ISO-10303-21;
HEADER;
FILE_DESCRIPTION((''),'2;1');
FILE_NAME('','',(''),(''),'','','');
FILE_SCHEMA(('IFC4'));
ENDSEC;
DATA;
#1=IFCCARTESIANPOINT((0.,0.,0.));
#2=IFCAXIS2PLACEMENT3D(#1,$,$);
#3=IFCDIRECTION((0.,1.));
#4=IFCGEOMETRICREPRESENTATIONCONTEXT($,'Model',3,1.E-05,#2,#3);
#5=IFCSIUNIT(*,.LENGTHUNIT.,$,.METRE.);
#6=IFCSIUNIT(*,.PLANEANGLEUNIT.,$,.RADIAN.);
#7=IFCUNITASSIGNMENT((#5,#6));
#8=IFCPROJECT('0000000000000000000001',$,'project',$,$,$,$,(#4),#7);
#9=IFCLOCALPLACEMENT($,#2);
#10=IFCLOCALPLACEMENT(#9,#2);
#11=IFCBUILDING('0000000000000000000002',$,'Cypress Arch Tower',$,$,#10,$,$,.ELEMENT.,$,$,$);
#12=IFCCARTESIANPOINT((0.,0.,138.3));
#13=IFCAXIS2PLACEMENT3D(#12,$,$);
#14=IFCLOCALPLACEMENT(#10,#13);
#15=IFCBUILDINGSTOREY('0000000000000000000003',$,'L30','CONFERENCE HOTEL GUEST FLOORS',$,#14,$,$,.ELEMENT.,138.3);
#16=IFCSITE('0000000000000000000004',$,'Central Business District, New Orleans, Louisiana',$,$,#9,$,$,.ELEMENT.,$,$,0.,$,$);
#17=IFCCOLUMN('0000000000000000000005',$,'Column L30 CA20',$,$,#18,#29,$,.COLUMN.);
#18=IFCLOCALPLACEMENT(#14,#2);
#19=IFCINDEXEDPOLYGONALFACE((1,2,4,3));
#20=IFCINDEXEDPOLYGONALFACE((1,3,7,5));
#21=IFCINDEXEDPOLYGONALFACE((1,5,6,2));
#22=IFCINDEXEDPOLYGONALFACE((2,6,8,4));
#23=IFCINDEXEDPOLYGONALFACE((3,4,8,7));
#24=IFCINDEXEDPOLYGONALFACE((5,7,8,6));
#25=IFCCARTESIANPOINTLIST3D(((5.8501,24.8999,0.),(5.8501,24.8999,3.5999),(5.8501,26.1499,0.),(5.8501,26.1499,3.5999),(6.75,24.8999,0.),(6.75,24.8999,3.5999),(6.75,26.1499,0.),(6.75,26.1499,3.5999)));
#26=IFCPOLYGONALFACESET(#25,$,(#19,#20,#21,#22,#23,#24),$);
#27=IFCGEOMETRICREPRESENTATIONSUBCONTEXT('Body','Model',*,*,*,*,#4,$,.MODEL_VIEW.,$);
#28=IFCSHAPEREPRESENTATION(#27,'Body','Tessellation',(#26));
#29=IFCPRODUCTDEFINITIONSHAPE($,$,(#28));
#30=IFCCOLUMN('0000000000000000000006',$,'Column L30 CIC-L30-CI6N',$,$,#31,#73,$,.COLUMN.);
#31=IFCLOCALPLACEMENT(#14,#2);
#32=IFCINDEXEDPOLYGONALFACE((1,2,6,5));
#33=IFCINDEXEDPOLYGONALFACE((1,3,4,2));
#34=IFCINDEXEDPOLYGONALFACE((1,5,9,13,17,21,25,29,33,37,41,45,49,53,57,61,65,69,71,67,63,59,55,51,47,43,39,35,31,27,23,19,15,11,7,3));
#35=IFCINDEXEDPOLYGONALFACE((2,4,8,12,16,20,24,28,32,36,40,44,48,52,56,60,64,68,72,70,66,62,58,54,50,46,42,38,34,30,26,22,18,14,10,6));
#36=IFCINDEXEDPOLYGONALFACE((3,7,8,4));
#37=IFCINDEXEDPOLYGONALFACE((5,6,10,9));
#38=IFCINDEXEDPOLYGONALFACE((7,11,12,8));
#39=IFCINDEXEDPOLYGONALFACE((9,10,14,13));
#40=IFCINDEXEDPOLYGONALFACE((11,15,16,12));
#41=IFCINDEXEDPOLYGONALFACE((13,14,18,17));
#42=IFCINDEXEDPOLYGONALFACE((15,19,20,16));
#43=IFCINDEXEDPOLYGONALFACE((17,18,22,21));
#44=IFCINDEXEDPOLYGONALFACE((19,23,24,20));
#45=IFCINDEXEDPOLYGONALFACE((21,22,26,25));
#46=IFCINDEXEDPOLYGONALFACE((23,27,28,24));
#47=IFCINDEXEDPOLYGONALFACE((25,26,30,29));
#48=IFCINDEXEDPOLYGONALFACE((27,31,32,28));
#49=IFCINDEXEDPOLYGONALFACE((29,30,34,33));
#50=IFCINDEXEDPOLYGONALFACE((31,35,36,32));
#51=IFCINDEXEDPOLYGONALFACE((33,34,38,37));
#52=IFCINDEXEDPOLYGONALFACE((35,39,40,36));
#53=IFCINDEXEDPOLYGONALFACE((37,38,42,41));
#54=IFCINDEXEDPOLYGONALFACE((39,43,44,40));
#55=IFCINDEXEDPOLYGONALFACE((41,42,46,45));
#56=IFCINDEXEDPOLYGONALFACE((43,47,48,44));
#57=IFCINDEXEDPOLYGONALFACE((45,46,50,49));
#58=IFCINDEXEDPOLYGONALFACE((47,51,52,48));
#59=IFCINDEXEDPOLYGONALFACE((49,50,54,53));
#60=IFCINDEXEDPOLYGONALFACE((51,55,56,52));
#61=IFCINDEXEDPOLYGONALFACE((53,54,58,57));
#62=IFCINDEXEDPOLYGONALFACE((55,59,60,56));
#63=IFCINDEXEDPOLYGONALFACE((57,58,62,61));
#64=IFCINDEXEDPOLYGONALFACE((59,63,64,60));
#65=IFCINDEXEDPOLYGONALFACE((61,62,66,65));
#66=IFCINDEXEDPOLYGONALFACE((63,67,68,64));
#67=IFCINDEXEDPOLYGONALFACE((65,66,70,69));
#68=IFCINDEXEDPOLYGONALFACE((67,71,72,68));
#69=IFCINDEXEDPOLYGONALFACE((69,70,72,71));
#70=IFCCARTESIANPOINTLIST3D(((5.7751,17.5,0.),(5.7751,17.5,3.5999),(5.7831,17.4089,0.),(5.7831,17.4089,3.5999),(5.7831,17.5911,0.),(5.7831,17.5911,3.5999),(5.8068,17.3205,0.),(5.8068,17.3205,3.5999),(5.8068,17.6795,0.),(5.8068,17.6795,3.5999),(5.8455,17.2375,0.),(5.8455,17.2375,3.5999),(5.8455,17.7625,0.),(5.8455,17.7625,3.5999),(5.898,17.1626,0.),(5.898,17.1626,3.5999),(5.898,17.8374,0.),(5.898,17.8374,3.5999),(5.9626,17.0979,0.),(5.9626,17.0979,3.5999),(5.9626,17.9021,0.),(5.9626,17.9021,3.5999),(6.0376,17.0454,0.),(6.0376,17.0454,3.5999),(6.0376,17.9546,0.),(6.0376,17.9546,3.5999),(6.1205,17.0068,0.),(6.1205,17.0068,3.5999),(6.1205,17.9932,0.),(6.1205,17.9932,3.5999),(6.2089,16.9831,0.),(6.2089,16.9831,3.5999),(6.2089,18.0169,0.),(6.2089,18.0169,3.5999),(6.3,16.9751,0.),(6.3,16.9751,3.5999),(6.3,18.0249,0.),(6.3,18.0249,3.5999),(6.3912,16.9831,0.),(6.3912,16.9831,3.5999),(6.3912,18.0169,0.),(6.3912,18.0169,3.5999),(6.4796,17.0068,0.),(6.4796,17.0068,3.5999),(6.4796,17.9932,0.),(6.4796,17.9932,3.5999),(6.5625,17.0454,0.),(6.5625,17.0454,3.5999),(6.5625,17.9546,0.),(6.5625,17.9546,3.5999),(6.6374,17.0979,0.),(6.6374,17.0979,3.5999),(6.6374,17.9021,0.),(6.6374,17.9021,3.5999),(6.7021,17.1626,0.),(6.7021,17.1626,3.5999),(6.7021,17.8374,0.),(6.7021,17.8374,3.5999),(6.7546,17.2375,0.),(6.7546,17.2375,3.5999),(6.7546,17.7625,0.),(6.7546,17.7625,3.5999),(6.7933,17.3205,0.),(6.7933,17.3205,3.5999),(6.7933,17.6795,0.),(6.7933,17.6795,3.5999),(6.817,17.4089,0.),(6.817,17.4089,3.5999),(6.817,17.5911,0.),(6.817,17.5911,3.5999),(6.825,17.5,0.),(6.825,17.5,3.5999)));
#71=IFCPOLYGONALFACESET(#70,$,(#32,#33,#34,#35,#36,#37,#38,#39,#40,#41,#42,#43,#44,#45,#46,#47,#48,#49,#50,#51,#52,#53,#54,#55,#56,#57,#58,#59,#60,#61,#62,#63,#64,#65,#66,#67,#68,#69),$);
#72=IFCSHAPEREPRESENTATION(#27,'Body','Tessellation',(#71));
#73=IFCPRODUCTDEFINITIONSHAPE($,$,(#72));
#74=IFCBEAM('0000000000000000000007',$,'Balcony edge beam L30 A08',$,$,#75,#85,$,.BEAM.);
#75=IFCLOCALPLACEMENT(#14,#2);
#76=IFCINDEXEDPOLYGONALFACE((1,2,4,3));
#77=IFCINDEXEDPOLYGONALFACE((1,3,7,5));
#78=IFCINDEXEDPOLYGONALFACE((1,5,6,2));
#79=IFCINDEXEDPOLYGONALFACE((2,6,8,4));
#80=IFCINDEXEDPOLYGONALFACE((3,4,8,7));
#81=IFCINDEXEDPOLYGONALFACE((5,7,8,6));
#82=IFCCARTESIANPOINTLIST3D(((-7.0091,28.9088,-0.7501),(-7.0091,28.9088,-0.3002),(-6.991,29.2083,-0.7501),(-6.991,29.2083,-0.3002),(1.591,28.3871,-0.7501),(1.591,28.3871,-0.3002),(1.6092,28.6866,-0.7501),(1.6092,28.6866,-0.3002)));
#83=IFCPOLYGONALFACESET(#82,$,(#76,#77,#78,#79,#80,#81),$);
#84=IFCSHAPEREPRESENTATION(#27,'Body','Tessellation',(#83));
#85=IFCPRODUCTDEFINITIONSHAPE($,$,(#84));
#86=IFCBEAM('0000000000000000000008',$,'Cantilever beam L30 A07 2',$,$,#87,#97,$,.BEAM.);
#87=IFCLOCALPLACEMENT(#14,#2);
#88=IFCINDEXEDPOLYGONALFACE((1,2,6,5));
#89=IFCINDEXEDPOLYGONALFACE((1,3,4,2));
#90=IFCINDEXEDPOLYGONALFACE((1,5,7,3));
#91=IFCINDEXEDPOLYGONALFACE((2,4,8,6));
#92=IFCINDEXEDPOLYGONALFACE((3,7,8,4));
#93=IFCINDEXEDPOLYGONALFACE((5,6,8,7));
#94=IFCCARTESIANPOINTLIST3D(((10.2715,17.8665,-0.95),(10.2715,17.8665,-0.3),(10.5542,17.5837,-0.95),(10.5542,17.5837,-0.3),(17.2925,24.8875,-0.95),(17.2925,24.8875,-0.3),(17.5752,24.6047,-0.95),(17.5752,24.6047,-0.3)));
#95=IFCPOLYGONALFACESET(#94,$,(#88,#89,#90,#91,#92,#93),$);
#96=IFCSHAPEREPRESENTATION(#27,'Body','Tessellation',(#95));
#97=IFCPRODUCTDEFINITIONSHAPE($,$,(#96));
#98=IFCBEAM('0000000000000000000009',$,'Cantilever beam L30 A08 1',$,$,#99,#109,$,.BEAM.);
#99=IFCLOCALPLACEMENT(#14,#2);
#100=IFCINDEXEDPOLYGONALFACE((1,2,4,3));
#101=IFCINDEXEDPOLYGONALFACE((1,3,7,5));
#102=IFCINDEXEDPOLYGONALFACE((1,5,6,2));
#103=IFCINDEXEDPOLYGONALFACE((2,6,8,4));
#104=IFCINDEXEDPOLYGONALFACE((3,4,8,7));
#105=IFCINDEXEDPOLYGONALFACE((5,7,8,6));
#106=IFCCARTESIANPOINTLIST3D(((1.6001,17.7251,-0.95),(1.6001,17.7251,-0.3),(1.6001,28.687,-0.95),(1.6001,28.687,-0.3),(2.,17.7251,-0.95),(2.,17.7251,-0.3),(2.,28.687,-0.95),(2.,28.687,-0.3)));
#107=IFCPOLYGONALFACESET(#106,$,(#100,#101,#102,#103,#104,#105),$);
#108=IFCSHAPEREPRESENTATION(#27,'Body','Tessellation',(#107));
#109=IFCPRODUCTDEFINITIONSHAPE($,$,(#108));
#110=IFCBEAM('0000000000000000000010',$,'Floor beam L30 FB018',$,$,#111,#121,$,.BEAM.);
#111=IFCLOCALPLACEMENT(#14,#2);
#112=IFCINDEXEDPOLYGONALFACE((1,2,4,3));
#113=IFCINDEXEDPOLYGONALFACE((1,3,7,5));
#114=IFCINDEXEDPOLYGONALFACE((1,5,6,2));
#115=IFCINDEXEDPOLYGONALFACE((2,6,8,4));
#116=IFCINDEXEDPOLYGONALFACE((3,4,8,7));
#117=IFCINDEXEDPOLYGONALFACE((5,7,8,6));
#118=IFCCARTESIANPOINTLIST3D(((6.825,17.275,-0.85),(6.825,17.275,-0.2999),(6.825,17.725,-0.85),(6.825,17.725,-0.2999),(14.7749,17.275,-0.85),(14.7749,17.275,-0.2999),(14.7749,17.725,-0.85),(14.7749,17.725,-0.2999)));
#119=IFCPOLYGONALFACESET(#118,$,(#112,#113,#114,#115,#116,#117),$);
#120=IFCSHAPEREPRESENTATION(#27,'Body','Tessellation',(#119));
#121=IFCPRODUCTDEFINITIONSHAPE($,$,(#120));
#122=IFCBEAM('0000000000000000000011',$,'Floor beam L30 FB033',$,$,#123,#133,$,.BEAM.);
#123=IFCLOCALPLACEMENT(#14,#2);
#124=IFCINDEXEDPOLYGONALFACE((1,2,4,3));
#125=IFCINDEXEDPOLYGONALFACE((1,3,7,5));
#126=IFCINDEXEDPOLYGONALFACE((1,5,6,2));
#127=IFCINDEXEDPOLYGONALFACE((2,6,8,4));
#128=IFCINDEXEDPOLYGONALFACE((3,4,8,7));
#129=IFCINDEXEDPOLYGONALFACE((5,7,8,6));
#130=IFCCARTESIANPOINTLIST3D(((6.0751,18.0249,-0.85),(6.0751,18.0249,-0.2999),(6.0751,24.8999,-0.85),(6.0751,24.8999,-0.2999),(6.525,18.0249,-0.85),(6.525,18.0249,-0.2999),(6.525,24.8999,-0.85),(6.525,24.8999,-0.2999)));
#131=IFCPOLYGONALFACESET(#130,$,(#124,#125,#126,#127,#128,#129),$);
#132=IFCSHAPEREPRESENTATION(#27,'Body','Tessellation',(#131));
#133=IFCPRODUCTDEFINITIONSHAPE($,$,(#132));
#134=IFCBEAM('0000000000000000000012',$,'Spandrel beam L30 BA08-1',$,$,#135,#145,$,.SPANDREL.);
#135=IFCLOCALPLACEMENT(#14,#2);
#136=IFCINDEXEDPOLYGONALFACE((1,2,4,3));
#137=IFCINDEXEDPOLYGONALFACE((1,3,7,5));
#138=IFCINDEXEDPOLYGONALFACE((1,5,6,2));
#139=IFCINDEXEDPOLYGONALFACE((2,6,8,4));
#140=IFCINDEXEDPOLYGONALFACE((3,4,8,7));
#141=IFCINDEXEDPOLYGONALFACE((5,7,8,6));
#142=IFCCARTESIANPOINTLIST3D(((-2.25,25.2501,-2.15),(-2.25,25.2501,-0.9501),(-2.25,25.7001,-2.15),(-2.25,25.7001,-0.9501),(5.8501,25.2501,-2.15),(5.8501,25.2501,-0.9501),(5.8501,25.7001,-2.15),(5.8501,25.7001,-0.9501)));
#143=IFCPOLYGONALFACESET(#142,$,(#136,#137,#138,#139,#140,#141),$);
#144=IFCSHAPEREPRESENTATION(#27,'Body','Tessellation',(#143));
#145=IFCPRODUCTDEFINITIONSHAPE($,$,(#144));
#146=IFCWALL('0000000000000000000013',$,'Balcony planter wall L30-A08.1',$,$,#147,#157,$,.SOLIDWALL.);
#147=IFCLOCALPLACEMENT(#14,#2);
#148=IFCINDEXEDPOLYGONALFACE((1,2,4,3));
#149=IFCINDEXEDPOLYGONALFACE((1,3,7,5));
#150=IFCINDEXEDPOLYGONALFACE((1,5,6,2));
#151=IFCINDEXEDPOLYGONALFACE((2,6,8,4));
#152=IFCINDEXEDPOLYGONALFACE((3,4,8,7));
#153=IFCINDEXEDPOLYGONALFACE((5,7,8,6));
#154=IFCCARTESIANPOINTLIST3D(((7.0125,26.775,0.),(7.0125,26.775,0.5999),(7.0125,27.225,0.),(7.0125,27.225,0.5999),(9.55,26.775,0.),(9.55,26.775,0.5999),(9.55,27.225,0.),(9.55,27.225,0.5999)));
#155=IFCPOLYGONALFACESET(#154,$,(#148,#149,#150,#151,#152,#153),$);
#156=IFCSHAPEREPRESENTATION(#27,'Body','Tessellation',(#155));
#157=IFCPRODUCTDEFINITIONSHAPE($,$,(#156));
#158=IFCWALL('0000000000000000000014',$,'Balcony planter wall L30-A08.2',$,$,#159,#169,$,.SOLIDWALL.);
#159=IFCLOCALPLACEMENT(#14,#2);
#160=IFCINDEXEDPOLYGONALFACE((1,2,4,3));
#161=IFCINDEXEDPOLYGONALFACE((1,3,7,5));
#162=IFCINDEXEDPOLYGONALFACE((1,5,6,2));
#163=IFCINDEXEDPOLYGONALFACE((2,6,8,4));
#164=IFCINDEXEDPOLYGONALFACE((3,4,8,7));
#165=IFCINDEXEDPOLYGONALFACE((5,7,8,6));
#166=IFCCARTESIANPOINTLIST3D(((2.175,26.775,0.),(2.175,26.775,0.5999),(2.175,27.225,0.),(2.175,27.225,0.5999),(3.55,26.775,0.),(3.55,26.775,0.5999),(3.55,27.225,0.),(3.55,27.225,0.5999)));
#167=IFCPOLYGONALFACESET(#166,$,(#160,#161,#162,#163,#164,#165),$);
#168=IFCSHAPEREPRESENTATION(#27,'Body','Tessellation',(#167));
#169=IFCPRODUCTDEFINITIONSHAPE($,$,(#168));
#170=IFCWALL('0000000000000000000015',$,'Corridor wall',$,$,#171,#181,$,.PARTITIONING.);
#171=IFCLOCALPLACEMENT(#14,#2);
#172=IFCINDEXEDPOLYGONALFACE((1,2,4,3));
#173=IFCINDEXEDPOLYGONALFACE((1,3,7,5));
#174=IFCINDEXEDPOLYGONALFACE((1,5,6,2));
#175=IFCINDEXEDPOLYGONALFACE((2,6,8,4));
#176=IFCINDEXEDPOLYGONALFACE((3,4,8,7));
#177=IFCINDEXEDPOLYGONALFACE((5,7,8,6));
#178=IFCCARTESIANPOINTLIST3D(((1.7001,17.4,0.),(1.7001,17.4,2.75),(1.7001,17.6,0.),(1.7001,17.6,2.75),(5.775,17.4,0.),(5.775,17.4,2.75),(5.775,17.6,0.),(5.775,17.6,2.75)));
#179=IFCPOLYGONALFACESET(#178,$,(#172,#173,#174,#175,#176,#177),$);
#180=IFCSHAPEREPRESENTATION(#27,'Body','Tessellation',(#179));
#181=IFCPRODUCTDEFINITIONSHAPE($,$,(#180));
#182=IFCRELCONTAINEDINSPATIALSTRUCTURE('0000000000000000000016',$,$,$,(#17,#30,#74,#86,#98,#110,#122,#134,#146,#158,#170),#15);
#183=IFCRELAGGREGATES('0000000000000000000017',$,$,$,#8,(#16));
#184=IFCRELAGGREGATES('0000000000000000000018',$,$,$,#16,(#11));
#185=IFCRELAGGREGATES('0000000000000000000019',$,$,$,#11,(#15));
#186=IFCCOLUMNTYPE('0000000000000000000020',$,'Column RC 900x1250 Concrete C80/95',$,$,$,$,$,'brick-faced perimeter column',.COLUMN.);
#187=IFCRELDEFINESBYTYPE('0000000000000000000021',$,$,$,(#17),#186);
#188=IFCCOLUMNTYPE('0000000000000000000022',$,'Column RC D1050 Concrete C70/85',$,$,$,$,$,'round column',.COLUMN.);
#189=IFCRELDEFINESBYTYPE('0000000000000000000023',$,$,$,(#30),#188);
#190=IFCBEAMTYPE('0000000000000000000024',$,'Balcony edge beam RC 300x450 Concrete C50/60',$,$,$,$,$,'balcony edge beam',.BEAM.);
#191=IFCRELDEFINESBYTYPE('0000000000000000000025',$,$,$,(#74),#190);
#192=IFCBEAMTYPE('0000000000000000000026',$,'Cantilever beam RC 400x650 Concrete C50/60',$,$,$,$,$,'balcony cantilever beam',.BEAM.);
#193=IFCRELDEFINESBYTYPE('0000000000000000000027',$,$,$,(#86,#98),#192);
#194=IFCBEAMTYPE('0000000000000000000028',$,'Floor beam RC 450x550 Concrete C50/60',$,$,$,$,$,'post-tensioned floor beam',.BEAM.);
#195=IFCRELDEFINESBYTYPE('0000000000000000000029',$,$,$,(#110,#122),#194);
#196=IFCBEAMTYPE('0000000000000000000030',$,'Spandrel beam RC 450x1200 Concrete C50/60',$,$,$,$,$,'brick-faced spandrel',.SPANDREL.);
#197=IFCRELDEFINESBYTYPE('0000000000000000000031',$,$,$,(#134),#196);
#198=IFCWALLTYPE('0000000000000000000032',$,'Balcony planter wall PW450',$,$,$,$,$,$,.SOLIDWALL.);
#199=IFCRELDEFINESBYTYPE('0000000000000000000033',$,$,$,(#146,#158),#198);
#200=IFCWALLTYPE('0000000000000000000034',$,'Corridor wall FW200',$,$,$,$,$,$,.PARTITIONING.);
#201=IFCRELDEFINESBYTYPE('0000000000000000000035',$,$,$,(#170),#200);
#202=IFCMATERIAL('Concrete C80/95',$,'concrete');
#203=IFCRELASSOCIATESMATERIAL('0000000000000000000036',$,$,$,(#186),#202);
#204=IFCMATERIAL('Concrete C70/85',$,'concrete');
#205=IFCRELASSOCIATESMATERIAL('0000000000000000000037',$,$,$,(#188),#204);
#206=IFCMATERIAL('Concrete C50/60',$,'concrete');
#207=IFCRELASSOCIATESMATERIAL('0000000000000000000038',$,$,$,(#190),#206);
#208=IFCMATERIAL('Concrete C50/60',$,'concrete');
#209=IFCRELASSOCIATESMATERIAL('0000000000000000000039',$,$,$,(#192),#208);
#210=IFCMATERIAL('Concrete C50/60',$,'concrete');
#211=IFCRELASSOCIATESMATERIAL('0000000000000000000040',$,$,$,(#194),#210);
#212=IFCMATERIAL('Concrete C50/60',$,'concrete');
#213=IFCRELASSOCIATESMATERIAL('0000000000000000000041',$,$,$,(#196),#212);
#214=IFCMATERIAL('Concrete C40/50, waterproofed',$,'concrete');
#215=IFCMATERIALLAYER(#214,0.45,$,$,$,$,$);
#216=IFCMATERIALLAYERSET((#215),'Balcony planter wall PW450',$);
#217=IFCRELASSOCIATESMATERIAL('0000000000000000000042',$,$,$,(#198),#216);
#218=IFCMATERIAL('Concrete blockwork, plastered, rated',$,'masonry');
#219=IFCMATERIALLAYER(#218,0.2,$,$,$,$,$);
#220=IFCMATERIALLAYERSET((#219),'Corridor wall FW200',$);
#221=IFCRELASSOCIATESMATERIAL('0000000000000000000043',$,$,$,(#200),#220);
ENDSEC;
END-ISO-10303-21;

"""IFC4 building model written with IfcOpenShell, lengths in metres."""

from ifc_helpers import new_model, si_unit, direction, frame, frame_2d, origin, origin_2d, place, context, subcontext, project, spatial, rectangle, circle, extrude, material, layer, layer_set, material_profile, profile_set, type_object, element, save


model = new_model("IFC4")

# Units and contexts
model_context = context("Model", 3, precision=1e-05, world=origin(), true_north=direction((0.0, 1.0)))
body_context = subcontext(model_context, "Body", "Model", "MODEL_VIEW")
ifc_project = project(units=[si_unit("LENGTHUNIT", "METRE"), si_unit("PLANEANGLEUNIT", "RADIAN")], contexts=[model_context])

# Site, building, storey
site_placement = place(None, origin())
site = spatial("IfcSite", under=ifc_project, at=site_placement, Name="Central Business District, New Orleans, Louisiana", CompositionType="ELEMENT", RefElevation=0.0)
building_placement = place(site_placement, origin())
building = spatial("IfcBuilding", under=site, at=building_placement, Name="Cypress Arch Tower", CompositionType="ELEMENT")
storey_placement = place(building_placement, frame((0.0, 0.0, 138.3)))
storey = spatial("IfcBuildingStorey", under=building, at=storey_placement, Name="L30", Description="CONFERENCE HOTEL GUEST FLOORS", CompositionType="ELEMENT", Elevation=138.3)

# Columns
ifc_material_1 = material(Name="Concrete C80/95", Category="concrete")
ifc_material_profile_1 = material_profile(ifc_material_1, rectangle(XDim=0.8999, YDim=1.25, at=origin_2d()), Name="RC 900x1250")
ifc_profile_set_1 = profile_set([ifc_material_profile_1], Name="Concrete C80/95")
column_type_1 = type_object("IfcColumnType", Name="Column RC 900x1250 Concrete C80/95", ElementType="brick-faced perimeter column", PredefinedType="COLUMN", material=ifc_profile_set_1)
column_1_placement = place(storey_placement, frame((6.3, 25.5249, 0.0), z_axis=(0.0, 0.0, 1.0), x_axis=(-1.0, 0.0, 0.0)))
element("IfcColumn", 1, at=column_1_placement, inside=storey, type_object=column_type_1, Name="Column L30 CA20", PredefinedType="COLUMN", context=body_context, shape_type="SweptSolid", body=[
    extrude(rectangle(XDim=0.8999, YDim=1.25, at=origin_2d()), origin(), (0.0, 0.0, 1.0), 3.5999),
])
ifc_material_2 = material(Name="Concrete C70/85", Category="concrete")
ifc_material_profile_2 = material_profile(ifc_material_2, circle(Radius=0.5249, at=origin_2d()), Name="RC D1050")
ifc_profile_set_2 = profile_set([ifc_material_profile_2], Name="Concrete C70/85")
column_type_2 = type_object("IfcColumnType", Name="Column RC D1050 Concrete C70/85", ElementType="round column", PredefinedType="COLUMN", material=ifc_profile_set_2)
column_2_placement = place(storey_placement, frame((6.3, 17.5, 0.0), z_axis=(0.0, 0.0, 1.0), x_axis=(1.0, 0.0, 0.0)))
element("IfcColumn", 2, at=column_2_placement, inside=storey, type_object=column_type_2, Name="Column L30 CIC-L30-CI6N", PredefinedType="COLUMN", context=body_context, shape_type="SweptSolid", body=[
    extrude(circle(Radius=0.5249, at=origin_2d()), origin(), (0.0, 0.0, 1.0), 3.5999),
])

# Beams
ifc_material_3 = material(Name="Concrete C50/60", Category="concrete")
ifc_material_profile_3 = material_profile(ifc_material_3, rectangle(XDim=0.3, YDim=0.45, at=origin_2d()), Name="RC 300x450")
ifc_profile_set_3 = profile_set([ifc_material_profile_3], Name="Concrete C50/60")
beam_type_1 = type_object("IfcBeamType", Name="Balcony edge beam RC 300x450 Concrete C50/60", ElementType="balcony edge beam", PredefinedType="BEAM", material=ifc_profile_set_3)
beam_1_placement = place(storey_placement, frame((1.6001, 28.5369, -0.5251), z_axis=(-0.998165, 0.060554, 0.0), x_axis=(-0.060554, -0.998165, 0.0)))
element("IfcBeam", 3, at=beam_1_placement, inside=storey, type_object=beam_type_1, Name="Balcony edge beam L30 A08", PredefinedType="BEAM", context=body_context, shape_type="SweptSolid", body=[
    extrude(rectangle(XDim=0.3, YDim=0.45, at=origin_2d()), origin(), (0.0, 0.0, 1.0), 8.616),
])
ifc_material_4 = material(Name="Concrete C50/60", Category="concrete")
ifc_material_profile_4 = material_profile(ifc_material_4, rectangle(XDim=0.3999, YDim=0.6499, at=origin_2d()), Name="RC 400x650")
ifc_profile_set_4 = profile_set([ifc_material_profile_4], Name="Concrete C50/60")
beam_type_2 = type_object("IfcBeamType", Name="Cantilever beam RC 400x650 Concrete C50/60", ElementType="balcony cantilever beam", PredefinedType="BEAM", material=ifc_profile_set_4)
beam_2_placement = place(storey_placement, frame((10.4128, 17.7251, -0.625), z_axis=(0.707107, 0.707107, 0.0), x_axis=(-0.707107, 0.707107, 0.0)))
element("IfcBeam", 4, at=beam_2_placement, inside=storey, type_object=beam_type_2, Name="Cantilever beam L30 A07 2", PredefinedType="BEAM", context=body_context, shape_type="SweptSolid", body=[
    extrude(rectangle(XDim=0.3999, YDim=0.6499, at=origin_2d()), origin(), (0.0, 0.0, 1.0), 9.9292),
])
beam_3_placement = place(storey_placement, frame((1.8, 17.7251, -0.625), z_axis=(0.0, 1.0, 0.0), x_axis=(-1.0, 0.0, 0.0)))
element("IfcBeam", 5, at=beam_3_placement, inside=storey, type_object=beam_type_2, Name="Cantilever beam L30 A08 1", PredefinedType="BEAM", context=body_context, shape_type="SweptSolid", body=[
    extrude(rectangle(XDim=0.3999, YDim=0.6499, at=origin_2d()), origin(), (0.0, 0.0, 1.0), 10.9619),
])
ifc_material_5 = material(Name="Concrete C50/60", Category="concrete")
ifc_material_profile_5 = material_profile(ifc_material_5, rectangle(XDim=0.45, YDim=0.55, at=origin_2d()), Name="RC 450x550")
ifc_profile_set_5 = profile_set([ifc_material_profile_5], Name="Concrete C50/60")
beam_type_3 = type_object("IfcBeamType", Name="Floor beam RC 450x550 Concrete C50/60", ElementType="post-tensioned floor beam", PredefinedType="BEAM", material=ifc_profile_set_5)
beam_4_placement = place(storey_placement, frame((6.825, 17.5, -0.575), z_axis=(1.0, 0.0, 0.0), x_axis=(0.0, 1.0, 0.0)))
element("IfcBeam", 6, at=beam_4_placement, inside=storey, type_object=beam_type_3, Name="Floor beam L30 FB018", PredefinedType="BEAM", context=body_context, shape_type="SweptSolid", body=[
    extrude(rectangle(XDim=0.45, YDim=0.55, at=origin_2d()), origin(), (0.0, 0.0, 1.0), 7.95),
])
beam_5_placement = place(storey_placement, frame((6.3, 18.0249, -0.575), z_axis=(0.0, 1.0, 0.0), x_axis=(-1.0, 0.0, 0.0)))
element("IfcBeam", 7, at=beam_5_placement, inside=storey, type_object=beam_type_3, Name="Floor beam L30 FB033", PredefinedType="BEAM", context=body_context, shape_type="SweptSolid", body=[
    extrude(rectangle(XDim=0.45, YDim=0.55, at=origin_2d()), origin(), (0.0, 0.0, 1.0), 6.875),
])
ifc_material_6 = material(Name="Concrete C50/60", Category="concrete")
ifc_material_profile_6 = material_profile(ifc_material_6, rectangle(XDim=0.45, YDim=1.2, at=origin_2d()), Name="RC 450x1200")
ifc_profile_set_6 = profile_set([ifc_material_profile_6], Name="Concrete C50/60")
beam_type_4 = type_object("IfcBeamType", Name="Spandrel beam RC 450x1200 Concrete C50/60", ElementType="brick-faced spandrel", PredefinedType="SPANDREL", material=ifc_profile_set_6)
beam_6_placement = place(storey_placement, frame((5.8501, 25.4751, -1.55), z_axis=(-1.0, 0.0, 0.0), x_axis=(0.0, -1.0, 0.0)))
element("IfcBeam", 8, at=beam_6_placement, inside=storey, type_object=beam_type_4, Name="Spandrel beam L30 BA08-1", PredefinedType="SPANDREL", context=body_context, shape_type="SweptSolid", body=[
    extrude(rectangle(XDim=0.45, YDim=1.2, at=origin_2d()), origin(), (0.0, 0.0, 1.0), 8.1001),
])

# Walls
ifc_material_7 = material(Name="Concrete C40/50, waterproofed", Category="concrete")
ifc_layer_1 = layer(ifc_material_7, 0.45)
ifc_layer_set_1 = layer_set([ifc_layer_1], Name="Balcony planter wall PW450")
wall_type_1 = type_object("IfcWallType", Name="Balcony planter wall PW450", PredefinedType="SOLIDWALL", material=ifc_layer_set_1)
wall_1_placement = place(storey_placement, frame((9.55, 27.0, 0.0), z_axis=(0.0, 0.0, 1.0), x_axis=(-1.0, 0.0, 0.0)))
element("IfcWall", 9, at=wall_1_placement, inside=storey, type_object=wall_type_1, Name="Balcony planter wall L30-A08.1", PredefinedType="SOLIDWALL", context=body_context, shape_type="SweptSolid", body=[
    extrude(rectangle(XDim=2.5376, YDim=0.45, at=frame_2d((1.2688, 0.0))), origin(), (0.0, 0.0, 1.0), 0.5999),
])
wall_2_placement = place(storey_placement, frame((3.55, 27.0, 0.0), z_axis=(0.0, 0.0, 1.0), x_axis=(-1.0, 0.0, 0.0)))
element("IfcWall", 10, at=wall_2_placement, inside=storey, type_object=wall_type_1, Name="Balcony planter wall L30-A08.2", PredefinedType="SOLIDWALL", context=body_context, shape_type="SweptSolid", body=[
    extrude(rectangle(XDim=1.375, YDim=0.45, at=frame_2d((0.6875, 0.0))), origin(), (0.0, 0.0, 1.0), 0.5999),
])

# Shared definitions
ifc_material_8 = material(Name="Concrete blockwork, plastered, rated", Category="masonry")
ifc_layer_2 = layer(ifc_material_8, 0.2)
ifc_layer_set_2 = layer_set([ifc_layer_2], Name="Corridor wall FW200")
wall_type_2 = type_object("IfcWallType", Name="Corridor wall FW200", PredefinedType="PARTITIONING", material=ifc_layer_set_2)

# Wall
wall_3_placement = place(storey_placement, frame((1.7, 17.5, 0.0), z_axis=(0.0, 0.0, 1.0), x_axis=(1.0, 0.0, 0.0)))
element("IfcWall", 11, at=wall_3_placement, inside=storey, type_object=wall_type_2, Name="Corridor wall", PredefinedType="PARTITIONING", context=body_context, shape_type="SweptSolid", body=[
    extrude(rectangle(XDim=4.075, YDim=0.2, at=frame_2d((2.0376, 0.0))), origin(), (0.0, 0.0, 1.0), 2.75),
])

save(model, "model.ifc")
